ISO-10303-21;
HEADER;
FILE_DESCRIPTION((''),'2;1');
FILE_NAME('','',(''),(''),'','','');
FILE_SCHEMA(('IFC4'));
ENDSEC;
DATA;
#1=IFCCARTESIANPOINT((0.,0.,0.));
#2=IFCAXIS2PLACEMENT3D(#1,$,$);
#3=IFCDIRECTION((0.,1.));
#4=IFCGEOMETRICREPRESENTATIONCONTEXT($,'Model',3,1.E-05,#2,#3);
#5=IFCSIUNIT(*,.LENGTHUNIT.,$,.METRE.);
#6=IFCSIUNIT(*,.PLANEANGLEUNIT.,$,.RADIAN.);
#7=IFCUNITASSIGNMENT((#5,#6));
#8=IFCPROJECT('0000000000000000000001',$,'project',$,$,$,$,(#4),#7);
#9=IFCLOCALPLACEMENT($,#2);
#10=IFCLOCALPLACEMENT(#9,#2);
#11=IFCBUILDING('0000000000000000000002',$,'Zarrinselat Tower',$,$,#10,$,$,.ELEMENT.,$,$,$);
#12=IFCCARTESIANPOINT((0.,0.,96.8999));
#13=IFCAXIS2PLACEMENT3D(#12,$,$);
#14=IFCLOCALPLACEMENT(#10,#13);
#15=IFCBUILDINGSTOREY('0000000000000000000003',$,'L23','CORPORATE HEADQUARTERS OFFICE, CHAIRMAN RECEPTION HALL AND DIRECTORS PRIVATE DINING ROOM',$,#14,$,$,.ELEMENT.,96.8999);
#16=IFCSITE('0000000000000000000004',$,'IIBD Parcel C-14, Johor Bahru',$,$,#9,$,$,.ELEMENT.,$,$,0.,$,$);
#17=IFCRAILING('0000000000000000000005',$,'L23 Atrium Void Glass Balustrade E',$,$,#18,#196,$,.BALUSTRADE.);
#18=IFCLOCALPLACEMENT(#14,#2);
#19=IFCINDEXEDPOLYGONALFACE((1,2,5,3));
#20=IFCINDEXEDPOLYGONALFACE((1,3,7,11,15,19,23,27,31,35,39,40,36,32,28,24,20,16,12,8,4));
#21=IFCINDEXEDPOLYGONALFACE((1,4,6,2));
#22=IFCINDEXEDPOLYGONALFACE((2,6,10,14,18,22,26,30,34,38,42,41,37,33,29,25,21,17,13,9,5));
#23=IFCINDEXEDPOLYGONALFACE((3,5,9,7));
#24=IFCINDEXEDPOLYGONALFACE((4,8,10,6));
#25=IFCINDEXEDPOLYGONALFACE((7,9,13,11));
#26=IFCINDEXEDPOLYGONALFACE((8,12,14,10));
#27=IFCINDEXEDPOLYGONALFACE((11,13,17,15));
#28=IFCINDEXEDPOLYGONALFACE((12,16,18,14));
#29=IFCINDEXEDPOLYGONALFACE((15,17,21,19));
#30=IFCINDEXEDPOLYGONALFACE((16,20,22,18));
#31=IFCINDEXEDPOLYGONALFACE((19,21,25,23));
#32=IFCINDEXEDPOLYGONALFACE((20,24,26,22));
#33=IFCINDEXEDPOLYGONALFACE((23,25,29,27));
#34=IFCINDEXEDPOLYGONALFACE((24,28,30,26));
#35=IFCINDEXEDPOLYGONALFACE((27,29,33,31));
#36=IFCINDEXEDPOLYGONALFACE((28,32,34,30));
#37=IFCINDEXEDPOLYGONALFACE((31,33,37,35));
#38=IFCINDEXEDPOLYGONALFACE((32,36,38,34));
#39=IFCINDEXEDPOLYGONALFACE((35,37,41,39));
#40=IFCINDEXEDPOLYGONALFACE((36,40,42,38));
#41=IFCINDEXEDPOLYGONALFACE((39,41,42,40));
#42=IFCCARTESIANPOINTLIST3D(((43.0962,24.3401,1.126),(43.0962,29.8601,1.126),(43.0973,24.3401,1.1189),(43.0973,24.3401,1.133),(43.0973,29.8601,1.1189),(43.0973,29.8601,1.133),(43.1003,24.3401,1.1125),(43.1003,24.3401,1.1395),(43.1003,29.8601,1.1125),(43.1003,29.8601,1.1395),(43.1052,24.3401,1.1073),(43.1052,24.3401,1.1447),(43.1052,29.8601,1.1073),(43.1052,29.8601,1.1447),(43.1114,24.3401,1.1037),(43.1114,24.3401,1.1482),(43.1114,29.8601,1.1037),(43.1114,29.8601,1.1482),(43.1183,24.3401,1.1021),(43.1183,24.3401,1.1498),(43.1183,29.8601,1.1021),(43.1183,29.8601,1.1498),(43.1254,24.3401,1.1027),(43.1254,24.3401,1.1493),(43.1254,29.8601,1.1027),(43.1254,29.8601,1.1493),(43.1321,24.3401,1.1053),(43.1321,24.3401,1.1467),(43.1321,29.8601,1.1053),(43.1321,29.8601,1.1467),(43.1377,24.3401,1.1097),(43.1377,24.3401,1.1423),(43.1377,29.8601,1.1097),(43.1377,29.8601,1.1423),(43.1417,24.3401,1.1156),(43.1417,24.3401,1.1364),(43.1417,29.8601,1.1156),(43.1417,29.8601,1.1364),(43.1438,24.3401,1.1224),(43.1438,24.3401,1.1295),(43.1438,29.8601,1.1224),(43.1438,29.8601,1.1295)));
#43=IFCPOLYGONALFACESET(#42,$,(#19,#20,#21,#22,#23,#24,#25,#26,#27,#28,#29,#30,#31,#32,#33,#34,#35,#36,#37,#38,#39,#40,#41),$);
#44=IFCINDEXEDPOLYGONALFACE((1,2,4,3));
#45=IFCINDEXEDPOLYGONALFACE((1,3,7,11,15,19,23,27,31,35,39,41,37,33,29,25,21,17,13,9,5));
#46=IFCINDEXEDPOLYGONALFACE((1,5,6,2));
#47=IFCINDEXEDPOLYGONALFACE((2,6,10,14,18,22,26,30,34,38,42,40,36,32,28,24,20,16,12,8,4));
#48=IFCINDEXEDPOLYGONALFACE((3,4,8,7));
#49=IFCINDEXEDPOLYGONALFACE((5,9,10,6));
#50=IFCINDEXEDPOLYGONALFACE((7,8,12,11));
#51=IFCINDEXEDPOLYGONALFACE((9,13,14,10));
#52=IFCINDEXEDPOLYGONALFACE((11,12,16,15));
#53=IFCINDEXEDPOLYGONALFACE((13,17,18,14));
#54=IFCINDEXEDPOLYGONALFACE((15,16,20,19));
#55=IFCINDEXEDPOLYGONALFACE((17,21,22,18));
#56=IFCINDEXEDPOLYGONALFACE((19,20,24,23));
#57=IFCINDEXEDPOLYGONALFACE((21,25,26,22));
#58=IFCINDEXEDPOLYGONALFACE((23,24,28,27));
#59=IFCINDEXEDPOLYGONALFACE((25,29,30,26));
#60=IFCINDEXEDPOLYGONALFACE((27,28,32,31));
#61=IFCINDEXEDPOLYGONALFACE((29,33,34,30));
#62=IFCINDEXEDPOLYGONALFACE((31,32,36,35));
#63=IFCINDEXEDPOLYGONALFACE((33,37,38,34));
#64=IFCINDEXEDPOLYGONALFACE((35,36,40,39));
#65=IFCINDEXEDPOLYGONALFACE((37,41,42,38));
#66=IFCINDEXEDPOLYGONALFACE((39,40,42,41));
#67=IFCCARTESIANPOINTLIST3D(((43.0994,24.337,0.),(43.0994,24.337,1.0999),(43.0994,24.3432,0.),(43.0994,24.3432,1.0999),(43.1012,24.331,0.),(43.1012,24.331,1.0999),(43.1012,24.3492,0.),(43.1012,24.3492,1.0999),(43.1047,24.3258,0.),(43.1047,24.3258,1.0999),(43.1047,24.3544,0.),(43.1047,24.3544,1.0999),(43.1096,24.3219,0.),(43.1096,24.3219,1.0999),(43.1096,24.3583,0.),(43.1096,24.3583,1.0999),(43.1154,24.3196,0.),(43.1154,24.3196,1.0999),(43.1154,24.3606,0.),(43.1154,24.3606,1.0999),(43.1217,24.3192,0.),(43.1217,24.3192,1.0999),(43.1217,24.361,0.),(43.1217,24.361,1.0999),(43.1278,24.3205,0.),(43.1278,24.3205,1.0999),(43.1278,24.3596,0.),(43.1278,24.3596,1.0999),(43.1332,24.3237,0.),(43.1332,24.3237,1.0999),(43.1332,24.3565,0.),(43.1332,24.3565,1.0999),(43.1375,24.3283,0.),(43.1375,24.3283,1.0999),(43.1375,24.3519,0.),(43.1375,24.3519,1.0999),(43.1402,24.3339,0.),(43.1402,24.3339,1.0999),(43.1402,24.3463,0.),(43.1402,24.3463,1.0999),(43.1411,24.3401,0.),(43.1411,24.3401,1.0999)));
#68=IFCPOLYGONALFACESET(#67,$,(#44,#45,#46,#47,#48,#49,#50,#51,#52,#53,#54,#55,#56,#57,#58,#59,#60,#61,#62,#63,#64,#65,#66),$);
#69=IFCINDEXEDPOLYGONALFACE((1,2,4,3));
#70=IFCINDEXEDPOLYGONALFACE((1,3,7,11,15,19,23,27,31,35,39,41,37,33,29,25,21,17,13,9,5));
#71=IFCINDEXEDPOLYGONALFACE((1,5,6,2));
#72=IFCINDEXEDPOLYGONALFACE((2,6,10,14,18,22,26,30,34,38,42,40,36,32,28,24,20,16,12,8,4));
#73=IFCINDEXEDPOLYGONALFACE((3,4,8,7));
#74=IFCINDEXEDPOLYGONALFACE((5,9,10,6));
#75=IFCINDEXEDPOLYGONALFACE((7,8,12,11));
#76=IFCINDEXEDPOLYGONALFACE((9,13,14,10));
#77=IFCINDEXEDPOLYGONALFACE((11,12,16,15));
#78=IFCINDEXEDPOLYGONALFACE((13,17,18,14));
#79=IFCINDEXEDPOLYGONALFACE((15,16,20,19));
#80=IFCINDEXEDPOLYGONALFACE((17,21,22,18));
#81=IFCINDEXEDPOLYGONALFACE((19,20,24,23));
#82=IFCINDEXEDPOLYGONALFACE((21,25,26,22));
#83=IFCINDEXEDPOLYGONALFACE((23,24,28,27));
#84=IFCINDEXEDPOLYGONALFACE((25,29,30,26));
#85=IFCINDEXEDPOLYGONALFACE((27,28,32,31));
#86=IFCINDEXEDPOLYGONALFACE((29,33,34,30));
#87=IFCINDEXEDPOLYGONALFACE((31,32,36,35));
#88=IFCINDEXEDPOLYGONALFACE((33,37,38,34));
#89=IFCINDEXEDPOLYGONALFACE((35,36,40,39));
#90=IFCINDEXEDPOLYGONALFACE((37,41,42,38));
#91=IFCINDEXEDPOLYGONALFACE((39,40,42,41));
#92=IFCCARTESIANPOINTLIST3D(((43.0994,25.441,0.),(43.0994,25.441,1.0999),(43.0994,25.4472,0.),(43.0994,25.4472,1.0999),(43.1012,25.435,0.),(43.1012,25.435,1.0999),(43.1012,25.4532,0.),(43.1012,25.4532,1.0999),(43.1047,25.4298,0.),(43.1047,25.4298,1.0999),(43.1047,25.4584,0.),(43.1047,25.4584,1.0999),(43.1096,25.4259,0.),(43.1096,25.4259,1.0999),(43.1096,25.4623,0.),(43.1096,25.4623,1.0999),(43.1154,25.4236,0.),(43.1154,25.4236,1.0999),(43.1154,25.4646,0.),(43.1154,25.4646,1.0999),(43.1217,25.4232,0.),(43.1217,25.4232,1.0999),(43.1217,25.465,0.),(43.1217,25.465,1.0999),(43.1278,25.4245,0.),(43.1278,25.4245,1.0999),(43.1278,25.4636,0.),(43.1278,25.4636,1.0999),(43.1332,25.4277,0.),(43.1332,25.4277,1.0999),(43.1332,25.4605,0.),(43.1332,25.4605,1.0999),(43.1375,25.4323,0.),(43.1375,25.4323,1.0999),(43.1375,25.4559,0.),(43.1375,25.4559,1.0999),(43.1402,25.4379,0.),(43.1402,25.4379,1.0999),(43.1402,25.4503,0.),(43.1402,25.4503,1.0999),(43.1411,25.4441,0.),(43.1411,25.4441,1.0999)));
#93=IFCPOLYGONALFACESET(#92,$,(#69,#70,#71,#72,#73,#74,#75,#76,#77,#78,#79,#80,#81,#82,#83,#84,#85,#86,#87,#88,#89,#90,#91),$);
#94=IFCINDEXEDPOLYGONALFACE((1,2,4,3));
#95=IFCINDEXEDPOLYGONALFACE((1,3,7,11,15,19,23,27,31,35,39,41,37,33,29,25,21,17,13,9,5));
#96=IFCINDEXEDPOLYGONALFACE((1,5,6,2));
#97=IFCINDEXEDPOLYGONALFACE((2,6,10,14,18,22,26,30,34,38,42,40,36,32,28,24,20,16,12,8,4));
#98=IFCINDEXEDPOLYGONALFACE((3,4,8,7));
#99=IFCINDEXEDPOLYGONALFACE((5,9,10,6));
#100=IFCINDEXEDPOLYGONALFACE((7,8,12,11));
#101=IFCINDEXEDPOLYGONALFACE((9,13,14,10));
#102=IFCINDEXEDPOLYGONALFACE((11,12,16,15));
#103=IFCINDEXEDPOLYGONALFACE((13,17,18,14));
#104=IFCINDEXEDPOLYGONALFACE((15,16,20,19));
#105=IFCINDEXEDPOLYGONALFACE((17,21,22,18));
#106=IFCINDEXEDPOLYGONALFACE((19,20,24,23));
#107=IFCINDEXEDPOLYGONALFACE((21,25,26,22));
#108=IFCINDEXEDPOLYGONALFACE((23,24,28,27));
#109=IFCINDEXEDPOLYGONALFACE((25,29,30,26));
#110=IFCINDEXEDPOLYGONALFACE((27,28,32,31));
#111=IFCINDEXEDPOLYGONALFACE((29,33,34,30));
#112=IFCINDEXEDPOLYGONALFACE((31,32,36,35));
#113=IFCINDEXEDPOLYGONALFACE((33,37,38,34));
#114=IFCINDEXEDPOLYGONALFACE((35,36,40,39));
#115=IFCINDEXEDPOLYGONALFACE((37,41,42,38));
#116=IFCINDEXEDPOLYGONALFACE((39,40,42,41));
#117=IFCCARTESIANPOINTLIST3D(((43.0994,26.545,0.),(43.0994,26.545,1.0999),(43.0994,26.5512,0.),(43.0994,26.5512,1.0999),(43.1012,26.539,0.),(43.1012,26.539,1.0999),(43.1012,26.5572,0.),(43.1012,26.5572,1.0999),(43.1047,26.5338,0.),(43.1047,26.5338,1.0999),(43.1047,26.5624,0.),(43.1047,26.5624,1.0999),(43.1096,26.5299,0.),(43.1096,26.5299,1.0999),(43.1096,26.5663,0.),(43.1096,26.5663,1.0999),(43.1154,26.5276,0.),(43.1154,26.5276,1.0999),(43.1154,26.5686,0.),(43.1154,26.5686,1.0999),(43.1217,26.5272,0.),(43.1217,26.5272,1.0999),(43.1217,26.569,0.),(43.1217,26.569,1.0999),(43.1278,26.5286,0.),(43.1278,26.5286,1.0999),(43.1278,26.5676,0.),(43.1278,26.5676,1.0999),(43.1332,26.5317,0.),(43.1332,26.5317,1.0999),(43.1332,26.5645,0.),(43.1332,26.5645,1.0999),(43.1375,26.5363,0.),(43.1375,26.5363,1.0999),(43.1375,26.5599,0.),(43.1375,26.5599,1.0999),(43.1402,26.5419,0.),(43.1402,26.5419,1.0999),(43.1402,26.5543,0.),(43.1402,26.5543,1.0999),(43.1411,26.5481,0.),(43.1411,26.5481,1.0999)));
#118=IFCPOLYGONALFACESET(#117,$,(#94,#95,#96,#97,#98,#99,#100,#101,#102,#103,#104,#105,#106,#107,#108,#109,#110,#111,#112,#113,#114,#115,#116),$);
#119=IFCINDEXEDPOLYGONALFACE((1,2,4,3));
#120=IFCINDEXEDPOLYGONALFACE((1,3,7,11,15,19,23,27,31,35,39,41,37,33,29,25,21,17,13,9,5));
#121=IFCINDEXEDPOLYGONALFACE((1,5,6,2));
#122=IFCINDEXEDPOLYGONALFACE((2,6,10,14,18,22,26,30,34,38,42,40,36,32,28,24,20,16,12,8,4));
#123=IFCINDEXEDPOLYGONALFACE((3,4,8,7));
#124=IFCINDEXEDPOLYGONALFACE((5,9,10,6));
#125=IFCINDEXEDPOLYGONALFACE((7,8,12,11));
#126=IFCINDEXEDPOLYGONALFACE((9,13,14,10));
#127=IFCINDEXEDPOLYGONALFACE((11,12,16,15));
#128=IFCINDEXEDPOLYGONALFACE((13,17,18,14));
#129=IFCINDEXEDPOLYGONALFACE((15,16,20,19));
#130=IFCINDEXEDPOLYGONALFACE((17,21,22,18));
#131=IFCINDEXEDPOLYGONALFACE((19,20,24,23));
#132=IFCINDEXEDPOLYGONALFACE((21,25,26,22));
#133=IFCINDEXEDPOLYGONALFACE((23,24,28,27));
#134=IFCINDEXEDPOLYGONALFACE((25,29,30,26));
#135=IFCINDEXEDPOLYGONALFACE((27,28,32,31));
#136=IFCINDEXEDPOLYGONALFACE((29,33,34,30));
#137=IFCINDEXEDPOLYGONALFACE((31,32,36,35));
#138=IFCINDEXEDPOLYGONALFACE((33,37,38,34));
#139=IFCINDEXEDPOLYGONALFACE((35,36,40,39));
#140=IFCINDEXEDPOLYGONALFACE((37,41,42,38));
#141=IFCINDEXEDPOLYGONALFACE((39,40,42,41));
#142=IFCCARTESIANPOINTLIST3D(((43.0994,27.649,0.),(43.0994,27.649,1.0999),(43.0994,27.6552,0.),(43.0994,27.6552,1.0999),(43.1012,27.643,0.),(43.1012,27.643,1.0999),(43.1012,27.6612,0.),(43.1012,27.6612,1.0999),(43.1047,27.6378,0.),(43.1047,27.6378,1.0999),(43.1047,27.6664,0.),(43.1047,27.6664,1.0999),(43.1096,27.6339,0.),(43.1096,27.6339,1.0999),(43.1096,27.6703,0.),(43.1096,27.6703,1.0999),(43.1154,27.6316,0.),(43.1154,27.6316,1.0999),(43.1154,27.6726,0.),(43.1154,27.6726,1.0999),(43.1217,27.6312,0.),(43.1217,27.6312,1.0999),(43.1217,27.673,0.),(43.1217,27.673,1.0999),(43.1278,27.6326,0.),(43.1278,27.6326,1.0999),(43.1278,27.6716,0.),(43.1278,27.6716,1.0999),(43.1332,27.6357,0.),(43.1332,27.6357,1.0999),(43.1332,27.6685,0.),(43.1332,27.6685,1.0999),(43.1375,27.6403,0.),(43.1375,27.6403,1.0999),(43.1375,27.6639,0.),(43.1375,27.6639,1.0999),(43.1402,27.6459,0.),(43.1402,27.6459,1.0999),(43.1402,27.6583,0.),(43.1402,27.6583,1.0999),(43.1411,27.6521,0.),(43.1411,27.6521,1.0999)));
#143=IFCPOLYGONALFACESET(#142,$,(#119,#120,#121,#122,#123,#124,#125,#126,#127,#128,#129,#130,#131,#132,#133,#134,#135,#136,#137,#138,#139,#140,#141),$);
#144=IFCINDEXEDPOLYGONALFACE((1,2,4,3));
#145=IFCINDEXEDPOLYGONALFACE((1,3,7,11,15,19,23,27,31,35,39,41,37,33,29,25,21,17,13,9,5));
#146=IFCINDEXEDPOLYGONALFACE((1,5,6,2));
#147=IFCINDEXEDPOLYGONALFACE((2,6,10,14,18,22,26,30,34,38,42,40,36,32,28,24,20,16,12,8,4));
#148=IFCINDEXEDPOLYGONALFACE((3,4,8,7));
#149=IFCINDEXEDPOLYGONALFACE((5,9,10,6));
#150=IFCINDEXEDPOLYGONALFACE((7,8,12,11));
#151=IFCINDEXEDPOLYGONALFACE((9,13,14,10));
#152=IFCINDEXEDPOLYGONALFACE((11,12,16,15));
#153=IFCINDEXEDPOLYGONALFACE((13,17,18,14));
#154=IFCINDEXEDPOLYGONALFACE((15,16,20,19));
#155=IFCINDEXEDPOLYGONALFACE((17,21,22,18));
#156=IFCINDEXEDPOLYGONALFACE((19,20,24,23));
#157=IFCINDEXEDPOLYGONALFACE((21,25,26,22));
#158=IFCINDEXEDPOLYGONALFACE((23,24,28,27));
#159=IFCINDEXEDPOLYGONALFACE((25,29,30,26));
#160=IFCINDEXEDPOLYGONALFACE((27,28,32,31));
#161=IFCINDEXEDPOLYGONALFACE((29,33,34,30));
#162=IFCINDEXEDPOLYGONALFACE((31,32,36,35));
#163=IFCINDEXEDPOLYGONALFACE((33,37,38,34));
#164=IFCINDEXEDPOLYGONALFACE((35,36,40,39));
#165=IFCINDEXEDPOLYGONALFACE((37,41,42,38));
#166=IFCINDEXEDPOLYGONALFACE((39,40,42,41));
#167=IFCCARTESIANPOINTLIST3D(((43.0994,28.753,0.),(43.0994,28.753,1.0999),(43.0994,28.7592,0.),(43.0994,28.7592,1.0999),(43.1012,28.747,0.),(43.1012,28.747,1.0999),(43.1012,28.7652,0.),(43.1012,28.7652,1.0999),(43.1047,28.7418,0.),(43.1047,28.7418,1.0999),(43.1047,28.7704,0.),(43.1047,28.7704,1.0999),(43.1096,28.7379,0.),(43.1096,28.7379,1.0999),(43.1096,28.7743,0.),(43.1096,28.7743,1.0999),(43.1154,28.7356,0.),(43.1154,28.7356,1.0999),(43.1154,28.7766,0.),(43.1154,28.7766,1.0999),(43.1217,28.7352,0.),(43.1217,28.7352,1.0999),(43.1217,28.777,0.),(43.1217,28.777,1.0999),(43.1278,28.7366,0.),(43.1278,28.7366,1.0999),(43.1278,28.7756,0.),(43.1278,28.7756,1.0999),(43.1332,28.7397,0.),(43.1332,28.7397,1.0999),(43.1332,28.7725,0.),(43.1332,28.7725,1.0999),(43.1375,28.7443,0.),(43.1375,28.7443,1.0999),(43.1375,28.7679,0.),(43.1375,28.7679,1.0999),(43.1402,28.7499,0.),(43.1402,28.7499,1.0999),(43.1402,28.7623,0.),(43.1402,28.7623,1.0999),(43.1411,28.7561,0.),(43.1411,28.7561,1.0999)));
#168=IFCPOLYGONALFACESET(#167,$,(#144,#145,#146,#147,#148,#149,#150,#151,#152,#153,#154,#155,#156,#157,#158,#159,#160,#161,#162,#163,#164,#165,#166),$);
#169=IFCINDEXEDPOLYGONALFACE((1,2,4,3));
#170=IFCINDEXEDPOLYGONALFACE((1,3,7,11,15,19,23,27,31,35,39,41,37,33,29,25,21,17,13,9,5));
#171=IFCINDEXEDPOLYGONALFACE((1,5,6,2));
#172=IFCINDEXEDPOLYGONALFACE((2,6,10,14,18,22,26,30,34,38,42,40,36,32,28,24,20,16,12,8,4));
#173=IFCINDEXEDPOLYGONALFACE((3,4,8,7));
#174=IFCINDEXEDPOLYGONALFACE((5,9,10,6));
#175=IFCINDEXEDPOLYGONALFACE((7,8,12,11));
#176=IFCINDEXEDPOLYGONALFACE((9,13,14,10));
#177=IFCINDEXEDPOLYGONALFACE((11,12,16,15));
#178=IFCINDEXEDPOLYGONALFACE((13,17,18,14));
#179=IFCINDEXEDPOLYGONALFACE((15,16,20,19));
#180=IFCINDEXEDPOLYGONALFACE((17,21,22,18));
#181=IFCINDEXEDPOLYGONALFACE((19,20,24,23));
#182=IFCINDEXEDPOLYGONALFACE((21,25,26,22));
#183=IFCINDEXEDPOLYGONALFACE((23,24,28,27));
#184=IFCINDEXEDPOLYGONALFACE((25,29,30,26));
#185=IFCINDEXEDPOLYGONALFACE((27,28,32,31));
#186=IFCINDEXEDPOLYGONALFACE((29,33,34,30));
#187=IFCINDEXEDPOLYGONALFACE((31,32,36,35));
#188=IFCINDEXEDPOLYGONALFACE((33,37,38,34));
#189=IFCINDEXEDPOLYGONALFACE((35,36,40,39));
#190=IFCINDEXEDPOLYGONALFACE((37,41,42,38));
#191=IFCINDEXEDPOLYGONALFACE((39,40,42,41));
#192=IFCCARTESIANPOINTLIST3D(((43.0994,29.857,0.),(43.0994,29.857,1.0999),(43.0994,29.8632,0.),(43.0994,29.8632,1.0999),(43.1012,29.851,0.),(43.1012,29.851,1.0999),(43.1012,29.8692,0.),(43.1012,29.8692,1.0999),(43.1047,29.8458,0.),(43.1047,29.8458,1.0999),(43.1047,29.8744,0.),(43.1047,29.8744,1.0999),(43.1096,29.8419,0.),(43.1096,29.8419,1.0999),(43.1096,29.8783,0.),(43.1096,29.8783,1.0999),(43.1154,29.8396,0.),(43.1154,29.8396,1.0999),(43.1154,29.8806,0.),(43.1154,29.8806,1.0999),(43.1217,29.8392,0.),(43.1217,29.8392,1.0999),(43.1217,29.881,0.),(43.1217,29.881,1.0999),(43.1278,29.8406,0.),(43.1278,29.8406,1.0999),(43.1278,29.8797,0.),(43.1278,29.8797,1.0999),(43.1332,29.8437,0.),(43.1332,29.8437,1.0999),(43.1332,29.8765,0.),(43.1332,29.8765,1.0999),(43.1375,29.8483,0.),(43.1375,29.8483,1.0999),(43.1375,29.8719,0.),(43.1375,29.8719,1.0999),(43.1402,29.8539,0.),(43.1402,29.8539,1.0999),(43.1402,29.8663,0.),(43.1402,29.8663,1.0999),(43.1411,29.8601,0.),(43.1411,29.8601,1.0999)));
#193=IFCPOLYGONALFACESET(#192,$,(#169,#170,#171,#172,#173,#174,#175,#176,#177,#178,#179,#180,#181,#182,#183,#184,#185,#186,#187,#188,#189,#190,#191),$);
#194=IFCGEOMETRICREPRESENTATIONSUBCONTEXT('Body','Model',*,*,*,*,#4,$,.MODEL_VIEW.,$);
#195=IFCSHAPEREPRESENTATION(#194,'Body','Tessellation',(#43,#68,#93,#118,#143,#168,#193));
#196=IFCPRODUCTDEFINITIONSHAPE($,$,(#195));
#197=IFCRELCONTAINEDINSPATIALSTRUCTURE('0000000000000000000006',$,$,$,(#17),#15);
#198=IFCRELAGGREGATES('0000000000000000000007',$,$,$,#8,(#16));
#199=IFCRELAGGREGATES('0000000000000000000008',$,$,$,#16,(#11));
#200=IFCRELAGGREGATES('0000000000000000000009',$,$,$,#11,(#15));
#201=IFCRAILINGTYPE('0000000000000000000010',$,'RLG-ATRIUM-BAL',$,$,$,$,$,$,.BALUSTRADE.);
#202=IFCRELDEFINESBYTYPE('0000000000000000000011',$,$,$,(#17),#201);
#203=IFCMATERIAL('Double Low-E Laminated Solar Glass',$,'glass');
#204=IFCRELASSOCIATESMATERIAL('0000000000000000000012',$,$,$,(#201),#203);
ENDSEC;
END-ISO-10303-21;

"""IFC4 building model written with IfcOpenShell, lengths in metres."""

from ifc_helpers import new_model, si_unit, direction, frame, origin, origin_2d, place, context, subcontext, project, spatial, circle, extrude, material, type_object, element, save


model = new_model("IFC4")

# Units and contexts
model_context = context("Model", 3, precision=1e-05, world=origin(), true_north=direction((0.0, 1.0)))
body_context = subcontext(model_context, "Body", "Model", "MODEL_VIEW")
ifc_project = project(units=[si_unit("LENGTHUNIT", "METRE"), si_unit("PLANEANGLEUNIT", "RADIAN")], contexts=[model_context])

# Site, building, storey
site_placement = place(None, origin())
site = spatial("IfcSite", under=ifc_project, at=site_placement, Name="IIBD Parcel C-14, Johor Bahru", CompositionType="ELEMENT", RefElevation=0.0)
building_placement = place(site_placement, origin())
building = spatial("IfcBuilding", under=site, at=building_placement, Name="Zarrinselat Tower", CompositionType="ELEMENT")
storey_placement = place(building_placement, frame((0.0, 0.0, 96.8999)))
storey = spatial("IfcBuildingStorey", under=building, at=storey_placement, Name="L23", Description="CORPORATE HEADQUARTERS OFFICE, CHAIRMAN RECEPTION HALL AND DIRECTORS PRIVATE DINING ROOM", CompositionType="ELEMENT", Elevation=96.8999)

# Railing
ifc_material_1 = material(Name="Double Low-E Laminated Solar Glass", Category="glass")
railing_type_1 = type_object("IfcRailingType", Name="RLG-ATRIUM-BAL", PredefinedType="BALUSTRADE", material=ifc_material_1)
railing_1_placement = place(storey_placement, frame((43.1201, 24.3401, 0.0)))
element("IfcRailing", 1, at=railing_1_placement, inside=storey, type_object=railing_type_1, Name="L23 Atrium Void Glass Balustrade E", PredefinedType="BALUSTRADE", context=body_context, shape_type="SweptSolid", body=[
    extrude(circle(Radius=0.0239, at=origin_2d()), frame((0.0, 0.0, 1.126), z_axis=(0.0, 1.0, 0.0), x_axis=(-1.0, 0.0, 0.0)), (0.0, 0.0, 1.0), 5.52),
    extrude(circle(Radius=0.021, at=origin_2d()), origin(), (0.0, 0.0, 1.0), 1.0999),
    extrude(circle(Radius=0.021, at=origin_2d()), frame((0.0, 1.104, 0.0)), (0.0, 0.0, 1.0), 1.0999),
    extrude(circle(Radius=0.021, at=origin_2d()), frame((0.0, 2.208, 0.0)), (0.0, 0.0, 1.0), 1.0999),
    extrude(circle(Radius=0.021, at=origin_2d()), frame((0.0, 3.312, 0.0)), (0.0, 0.0, 1.0), 1.0999),
    extrude(circle(Radius=0.021, at=origin_2d()), frame((0.0, 4.416, 0.0)), (0.0, 0.0, 1.0), 1.0999),
    extrude(circle(Radius=0.021, at=origin_2d()), frame((0.0, 5.52, 0.0)), (0.0, 0.0, 1.0), 1.0999),
])

save(model, "model.ifc")
